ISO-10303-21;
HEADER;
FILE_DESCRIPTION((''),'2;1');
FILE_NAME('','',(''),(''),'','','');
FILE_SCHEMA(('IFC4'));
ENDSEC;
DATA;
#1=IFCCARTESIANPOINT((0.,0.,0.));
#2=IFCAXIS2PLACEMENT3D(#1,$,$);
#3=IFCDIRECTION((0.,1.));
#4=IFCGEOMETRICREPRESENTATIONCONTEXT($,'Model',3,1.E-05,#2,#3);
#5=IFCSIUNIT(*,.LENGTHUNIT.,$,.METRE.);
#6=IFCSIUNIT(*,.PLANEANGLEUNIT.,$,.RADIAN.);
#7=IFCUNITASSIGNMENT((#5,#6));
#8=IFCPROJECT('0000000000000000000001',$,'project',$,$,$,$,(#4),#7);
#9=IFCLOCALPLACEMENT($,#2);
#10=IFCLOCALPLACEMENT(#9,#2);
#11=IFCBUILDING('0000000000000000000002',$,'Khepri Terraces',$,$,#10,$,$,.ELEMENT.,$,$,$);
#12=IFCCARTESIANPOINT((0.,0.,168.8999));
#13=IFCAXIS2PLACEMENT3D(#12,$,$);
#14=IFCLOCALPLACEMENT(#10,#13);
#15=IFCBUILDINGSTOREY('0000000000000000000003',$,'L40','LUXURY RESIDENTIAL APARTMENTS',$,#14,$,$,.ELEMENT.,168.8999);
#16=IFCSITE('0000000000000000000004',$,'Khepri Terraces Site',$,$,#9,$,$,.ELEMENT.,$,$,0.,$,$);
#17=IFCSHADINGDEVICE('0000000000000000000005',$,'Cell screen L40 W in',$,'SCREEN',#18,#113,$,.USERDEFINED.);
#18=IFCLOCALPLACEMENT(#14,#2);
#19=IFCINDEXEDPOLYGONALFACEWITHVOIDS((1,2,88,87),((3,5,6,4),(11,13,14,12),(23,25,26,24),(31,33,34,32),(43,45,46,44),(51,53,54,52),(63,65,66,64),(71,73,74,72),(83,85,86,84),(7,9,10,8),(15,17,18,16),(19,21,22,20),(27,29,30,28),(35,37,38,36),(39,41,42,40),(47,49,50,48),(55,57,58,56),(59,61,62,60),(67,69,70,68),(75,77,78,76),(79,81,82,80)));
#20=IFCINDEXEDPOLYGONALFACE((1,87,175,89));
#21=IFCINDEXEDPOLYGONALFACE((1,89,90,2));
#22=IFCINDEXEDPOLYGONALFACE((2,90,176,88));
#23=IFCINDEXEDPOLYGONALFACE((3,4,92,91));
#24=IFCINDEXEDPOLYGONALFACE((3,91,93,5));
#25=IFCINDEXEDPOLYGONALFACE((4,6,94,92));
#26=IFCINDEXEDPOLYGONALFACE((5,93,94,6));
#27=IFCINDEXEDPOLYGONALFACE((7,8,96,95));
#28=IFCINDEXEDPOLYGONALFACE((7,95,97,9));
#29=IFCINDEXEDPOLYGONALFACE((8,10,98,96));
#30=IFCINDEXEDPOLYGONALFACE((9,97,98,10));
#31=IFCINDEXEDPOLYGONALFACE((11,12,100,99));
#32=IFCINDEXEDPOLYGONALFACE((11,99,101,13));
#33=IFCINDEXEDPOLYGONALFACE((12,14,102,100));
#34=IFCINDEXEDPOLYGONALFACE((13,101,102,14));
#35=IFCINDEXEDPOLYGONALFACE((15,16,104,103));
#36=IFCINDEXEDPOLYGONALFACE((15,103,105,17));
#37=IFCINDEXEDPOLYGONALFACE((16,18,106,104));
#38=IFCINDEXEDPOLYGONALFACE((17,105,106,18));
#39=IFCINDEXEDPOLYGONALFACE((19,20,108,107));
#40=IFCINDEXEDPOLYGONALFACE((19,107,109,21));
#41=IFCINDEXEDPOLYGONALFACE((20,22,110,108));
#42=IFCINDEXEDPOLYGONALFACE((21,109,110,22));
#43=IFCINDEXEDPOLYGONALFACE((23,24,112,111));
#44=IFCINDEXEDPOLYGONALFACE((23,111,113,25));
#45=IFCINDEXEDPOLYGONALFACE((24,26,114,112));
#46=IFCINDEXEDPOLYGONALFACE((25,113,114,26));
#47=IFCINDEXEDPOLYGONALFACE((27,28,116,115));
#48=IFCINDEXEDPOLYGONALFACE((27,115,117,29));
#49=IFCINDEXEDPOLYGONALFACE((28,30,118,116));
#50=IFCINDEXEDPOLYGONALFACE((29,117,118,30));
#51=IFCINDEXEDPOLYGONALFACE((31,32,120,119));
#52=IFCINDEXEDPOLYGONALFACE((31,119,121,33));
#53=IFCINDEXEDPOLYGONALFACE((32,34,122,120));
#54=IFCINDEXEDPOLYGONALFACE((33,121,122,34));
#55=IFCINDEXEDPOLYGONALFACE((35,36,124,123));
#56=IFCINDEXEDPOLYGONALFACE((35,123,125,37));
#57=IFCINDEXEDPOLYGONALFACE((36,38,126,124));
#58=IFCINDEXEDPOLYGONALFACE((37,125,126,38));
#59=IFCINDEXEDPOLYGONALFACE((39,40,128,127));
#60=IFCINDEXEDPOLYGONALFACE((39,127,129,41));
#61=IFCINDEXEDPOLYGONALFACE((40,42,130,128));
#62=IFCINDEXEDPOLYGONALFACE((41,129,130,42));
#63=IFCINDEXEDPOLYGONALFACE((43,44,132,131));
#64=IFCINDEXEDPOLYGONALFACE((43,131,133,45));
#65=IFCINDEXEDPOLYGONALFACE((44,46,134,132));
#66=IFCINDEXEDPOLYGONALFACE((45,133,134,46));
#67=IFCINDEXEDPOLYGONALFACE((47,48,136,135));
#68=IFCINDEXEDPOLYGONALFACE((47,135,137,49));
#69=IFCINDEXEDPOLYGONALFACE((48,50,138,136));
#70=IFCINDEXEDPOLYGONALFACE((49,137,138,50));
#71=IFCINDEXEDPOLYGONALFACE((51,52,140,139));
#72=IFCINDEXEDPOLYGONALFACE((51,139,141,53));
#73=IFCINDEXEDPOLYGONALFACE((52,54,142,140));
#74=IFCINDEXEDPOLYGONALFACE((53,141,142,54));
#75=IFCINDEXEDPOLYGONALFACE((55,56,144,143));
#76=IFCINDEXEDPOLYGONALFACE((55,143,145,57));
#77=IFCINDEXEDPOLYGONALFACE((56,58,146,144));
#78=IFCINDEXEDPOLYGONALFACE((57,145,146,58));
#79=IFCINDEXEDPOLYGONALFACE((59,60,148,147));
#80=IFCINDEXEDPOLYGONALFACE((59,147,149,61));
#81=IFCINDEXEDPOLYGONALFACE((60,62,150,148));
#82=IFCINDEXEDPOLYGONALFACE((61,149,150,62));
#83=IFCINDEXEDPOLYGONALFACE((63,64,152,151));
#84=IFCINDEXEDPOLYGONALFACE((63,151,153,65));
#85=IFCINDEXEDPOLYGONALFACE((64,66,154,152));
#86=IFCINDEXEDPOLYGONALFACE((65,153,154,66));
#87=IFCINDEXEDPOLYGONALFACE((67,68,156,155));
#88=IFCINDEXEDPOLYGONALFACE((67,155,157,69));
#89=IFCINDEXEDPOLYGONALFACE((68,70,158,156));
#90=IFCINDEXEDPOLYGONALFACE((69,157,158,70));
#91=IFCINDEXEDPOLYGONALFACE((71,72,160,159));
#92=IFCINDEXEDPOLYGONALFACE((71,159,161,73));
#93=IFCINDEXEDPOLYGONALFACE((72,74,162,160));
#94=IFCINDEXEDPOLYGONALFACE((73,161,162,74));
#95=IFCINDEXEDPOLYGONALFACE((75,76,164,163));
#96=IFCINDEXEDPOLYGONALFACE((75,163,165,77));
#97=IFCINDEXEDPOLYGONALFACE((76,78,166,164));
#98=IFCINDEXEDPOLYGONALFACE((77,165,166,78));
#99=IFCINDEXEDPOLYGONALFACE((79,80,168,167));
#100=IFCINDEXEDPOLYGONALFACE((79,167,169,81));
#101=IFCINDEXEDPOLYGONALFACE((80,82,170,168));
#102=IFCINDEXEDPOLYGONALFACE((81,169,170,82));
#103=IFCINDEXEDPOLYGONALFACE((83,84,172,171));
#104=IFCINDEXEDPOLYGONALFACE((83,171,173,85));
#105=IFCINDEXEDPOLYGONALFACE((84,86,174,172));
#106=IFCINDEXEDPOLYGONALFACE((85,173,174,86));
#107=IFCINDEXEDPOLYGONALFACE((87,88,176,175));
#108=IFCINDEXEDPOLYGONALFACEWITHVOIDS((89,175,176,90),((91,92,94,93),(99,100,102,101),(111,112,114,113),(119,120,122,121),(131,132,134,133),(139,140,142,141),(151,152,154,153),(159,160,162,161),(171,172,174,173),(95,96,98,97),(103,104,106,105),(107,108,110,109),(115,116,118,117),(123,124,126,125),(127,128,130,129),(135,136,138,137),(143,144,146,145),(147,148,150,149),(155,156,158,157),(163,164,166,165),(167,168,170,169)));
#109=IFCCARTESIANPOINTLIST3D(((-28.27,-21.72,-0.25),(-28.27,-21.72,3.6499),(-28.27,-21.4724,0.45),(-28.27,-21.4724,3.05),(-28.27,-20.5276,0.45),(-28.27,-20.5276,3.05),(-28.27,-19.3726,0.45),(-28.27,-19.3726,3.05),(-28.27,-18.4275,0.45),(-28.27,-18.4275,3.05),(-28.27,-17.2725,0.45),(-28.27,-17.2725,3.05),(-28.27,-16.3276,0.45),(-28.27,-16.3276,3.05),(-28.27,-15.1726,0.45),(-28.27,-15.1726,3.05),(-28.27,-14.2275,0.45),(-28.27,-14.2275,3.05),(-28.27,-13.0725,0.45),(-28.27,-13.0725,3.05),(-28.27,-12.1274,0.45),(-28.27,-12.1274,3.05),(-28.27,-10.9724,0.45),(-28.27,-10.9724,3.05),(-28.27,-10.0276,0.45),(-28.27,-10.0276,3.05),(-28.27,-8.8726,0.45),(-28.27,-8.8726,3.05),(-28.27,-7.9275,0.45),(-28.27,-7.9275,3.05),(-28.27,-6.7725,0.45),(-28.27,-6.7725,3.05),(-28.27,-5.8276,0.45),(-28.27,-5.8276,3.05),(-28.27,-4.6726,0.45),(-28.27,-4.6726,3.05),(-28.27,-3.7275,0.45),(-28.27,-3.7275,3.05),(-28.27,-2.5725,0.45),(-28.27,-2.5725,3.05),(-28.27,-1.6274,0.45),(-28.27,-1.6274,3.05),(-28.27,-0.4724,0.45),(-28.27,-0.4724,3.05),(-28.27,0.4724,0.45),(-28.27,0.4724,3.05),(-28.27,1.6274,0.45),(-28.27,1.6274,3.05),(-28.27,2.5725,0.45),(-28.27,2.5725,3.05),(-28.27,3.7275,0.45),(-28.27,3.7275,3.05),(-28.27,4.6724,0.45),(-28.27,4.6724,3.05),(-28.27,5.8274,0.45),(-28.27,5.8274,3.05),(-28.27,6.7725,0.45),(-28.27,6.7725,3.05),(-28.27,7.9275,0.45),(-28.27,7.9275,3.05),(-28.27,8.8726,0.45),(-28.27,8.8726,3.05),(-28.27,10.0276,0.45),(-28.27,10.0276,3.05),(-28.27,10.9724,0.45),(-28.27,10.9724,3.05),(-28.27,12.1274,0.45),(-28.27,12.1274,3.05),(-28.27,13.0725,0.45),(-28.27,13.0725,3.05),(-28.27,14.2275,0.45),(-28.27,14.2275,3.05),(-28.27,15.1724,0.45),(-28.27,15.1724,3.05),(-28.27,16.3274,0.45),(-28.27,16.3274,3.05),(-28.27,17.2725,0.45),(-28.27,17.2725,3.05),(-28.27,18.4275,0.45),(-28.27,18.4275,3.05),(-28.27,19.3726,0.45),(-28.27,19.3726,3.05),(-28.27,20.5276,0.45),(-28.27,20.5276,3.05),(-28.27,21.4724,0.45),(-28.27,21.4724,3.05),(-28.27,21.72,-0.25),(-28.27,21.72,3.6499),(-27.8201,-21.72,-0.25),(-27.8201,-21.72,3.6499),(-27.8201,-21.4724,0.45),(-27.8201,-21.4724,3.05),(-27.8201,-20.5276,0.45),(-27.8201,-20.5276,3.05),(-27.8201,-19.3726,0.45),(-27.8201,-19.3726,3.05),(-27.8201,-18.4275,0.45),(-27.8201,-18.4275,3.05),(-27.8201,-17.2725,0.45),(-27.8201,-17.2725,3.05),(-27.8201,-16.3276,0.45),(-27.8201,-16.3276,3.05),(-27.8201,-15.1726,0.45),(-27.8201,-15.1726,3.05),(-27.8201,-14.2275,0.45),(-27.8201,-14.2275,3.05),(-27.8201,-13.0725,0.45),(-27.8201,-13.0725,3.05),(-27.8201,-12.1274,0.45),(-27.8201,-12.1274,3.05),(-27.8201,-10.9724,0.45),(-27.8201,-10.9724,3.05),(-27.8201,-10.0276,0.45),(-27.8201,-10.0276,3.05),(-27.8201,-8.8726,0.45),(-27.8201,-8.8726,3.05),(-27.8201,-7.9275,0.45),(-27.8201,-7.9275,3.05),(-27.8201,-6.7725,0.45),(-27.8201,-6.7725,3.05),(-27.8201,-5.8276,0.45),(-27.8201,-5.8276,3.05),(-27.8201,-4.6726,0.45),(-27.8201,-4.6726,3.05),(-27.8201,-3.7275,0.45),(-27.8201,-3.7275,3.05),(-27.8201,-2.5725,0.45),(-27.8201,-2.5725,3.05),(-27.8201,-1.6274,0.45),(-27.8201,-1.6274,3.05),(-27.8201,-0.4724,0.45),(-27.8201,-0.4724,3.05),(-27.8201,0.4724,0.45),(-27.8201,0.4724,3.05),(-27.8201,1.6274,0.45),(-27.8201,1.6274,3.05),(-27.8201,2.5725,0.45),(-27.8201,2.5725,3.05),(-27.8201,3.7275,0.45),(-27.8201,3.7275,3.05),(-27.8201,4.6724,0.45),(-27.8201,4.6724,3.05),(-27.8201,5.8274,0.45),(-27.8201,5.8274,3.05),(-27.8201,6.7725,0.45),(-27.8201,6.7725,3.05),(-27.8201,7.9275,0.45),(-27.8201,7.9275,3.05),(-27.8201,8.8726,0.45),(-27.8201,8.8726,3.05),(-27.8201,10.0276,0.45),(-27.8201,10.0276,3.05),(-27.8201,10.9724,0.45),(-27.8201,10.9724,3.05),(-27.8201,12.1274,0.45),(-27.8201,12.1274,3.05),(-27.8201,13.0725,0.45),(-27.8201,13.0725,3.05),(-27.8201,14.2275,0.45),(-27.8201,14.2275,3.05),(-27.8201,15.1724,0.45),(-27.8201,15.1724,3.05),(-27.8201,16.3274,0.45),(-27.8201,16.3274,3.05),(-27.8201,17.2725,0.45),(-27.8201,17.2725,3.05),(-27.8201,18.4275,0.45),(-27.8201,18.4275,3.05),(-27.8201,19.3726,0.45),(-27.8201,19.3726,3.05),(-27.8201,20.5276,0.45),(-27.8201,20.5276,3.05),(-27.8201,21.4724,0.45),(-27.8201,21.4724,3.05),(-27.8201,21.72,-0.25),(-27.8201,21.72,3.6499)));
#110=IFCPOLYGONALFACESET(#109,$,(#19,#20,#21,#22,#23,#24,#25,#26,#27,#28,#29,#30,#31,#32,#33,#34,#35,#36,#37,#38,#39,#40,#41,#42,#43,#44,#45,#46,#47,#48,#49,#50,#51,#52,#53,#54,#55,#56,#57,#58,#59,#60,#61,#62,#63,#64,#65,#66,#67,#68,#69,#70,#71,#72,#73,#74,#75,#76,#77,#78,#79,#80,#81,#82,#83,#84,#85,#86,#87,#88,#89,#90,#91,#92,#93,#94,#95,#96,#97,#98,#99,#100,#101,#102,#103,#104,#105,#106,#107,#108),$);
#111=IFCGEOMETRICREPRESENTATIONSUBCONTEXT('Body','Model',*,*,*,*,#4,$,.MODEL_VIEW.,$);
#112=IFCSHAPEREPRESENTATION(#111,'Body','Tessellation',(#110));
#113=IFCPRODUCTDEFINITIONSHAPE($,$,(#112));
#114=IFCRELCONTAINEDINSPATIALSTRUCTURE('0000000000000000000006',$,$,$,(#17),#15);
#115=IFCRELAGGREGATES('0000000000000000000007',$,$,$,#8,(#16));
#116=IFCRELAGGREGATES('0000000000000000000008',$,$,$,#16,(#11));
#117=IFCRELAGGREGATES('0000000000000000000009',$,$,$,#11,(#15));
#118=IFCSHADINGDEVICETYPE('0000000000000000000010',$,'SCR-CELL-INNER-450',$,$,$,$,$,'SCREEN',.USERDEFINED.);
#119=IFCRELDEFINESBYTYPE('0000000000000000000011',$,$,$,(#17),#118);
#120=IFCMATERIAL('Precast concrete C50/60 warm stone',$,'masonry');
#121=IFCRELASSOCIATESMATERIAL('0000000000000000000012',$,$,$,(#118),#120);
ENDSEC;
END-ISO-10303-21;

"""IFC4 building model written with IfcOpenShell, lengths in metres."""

from ifc_helpers import new_model, si_unit, direction, frame, origin, place, context, subcontext, project, spatial, polyline, outline, extrude, material, type_object, element, save


model = new_model("IFC4")

# Units and contexts
model_context = context("Model", 3, precision=1e-05, world=origin(), true_north=direction((0.0, 1.0)))
body_context = subcontext(model_context, "Body", "Model", "MODEL_VIEW")
ifc_project = project(units=[si_unit("LENGTHUNIT", "METRE"), si_unit("PLANEANGLEUNIT", "RADIAN")], contexts=[model_context])

# Site, building, storey
site_placement = place(None, origin())
site = spatial("IfcSite", under=ifc_project, at=site_placement, Name="Khepri Terraces Site", CompositionType="ELEMENT", RefElevation=0.0)
building_placement = place(site_placement, origin())
building = spatial("IfcBuilding", under=site, at=building_placement, Name="Khepri Terraces", CompositionType="ELEMENT")
storey_placement = place(building_placement, frame((0.0, 0.0, 168.8999)))
storey = spatial("IfcBuildingStorey", under=building, at=storey_placement, Name="L40", Description="LUXURY RESIDENTIAL APARTMENTS", CompositionType="ELEMENT", Elevation=168.8999)

# Shared definitions
ifc_material_1 = material(Name="Precast concrete C50/60 warm stone", Category="masonry")

# Shading device
shading_device_type_1 = type_object("IfcShadingDeviceType", Name="SCR-CELL-INNER-450", ElementType="SCREEN", PredefinedType="USERDEFINED", material=ifc_material_1)
shading_device_1_placement = place(storey_placement, frame((-27.8201, 21.72, -0.25), z_axis=(-1.0, 0.0, 0.0), x_axis=(0.0, -1.0, 0.0)))
element("IfcShadingDevice", 1, at=shading_device_1_placement, inside=storey, type_object=shading_device_type_1, Name="Cell screen L40 W in", ObjectType="SCREEN", PredefinedType="USERDEFINED", context=body_context, shape_type="SweptSolid", body=[
    extrude(outline(polyline([(0.0, 0.0), (43.4399, 0.0), (43.4399, 3.8999), (0.0, 3.8999), (0.0, 0.0)]), holes=[polyline([(0.2476, 0.7), (1.1924, 0.7), (1.1924, 3.3), (0.2476, 3.3), (0.2476, 0.7)]), polyline([(2.3474, 0.7), (3.2925, 0.7), (3.2925, 3.3), (2.3474, 3.3), (2.3474, 0.7)]), polyline([(4.4475, 0.7), (5.3926, 0.7), (5.3926, 3.3), (4.4475, 3.3), (4.4475, 0.7)]), polyline([(6.5476, 0.7), (7.4924, 0.7), (7.4924, 3.3), (6.5476, 3.3), (6.5476, 0.7)]), polyline([(8.6475, 0.7), (9.5925, 0.7), (9.5925, 3.3), (8.6475, 3.3), (8.6475, 0.7)]), polyline([(10.7476, 0.7), (11.6924, 0.7), (11.6924, 3.3), (10.7476, 3.3), (10.7476, 0.7)]), polyline([(12.8474, 0.7), (13.7925, 0.7), (13.7925, 3.3), (12.8474, 3.3), (12.8474, 0.7)]), polyline([(14.9475, 0.7), (15.8926, 0.7), (15.8926, 3.3), (14.9475, 3.3), (14.9475, 0.7)]), polyline([(17.0476, 0.7), (17.9924, 0.7), (17.9924, 3.3), (17.0476, 3.3), (17.0476, 0.7)]), polyline([(19.1475, 0.7), (20.0925, 0.7), (20.0925, 3.3), (19.1475, 3.3), (19.1475, 0.7)]), polyline([(21.2476, 0.7), (22.1924, 0.7), (22.1924, 3.3), (21.2476, 3.3), (21.2476, 0.7)]), polyline([(23.3474, 0.7), (24.2925, 0.7), (24.2925, 3.3), (23.3474, 3.3), (23.3474, 0.7)]), polyline([(25.4475, 0.7), (26.3926, 0.7), (26.3926, 3.3), (25.4475, 3.3), (25.4475, 0.7)]), polyline([(27.5476, 0.7), (28.4924, 0.7), (28.4924, 3.3), (27.5476, 3.3), (27.5476, 0.7)]), polyline([(29.6475, 0.7), (30.5925, 0.7), (30.5925, 3.3), (29.6475, 3.3), (29.6475, 0.7)]), polyline([(31.7476, 0.7), (32.6924, 0.7), (32.6924, 3.3), (31.7476, 3.3), (31.7476, 0.7)]), polyline([(33.8474, 0.7), (34.7925, 0.7), (34.7925, 3.3), (33.8474, 3.3), (33.8474, 0.7)]), polyline([(35.9475, 0.7), (36.8926, 0.7), (36.8926, 3.3), (35.9475, 3.3), (35.9475, 0.7)]), polyline([(38.0476, 0.7), (38.9924, 0.7), (38.9924, 3.3), (38.0476, 3.3), (38.0476, 0.7)]), polyline([(40.1475, 0.7), (41.0925, 0.7), (41.0925, 3.3), (40.1475, 3.3), (40.1475, 0.7)]), polyline([(42.2476, 0.7), (43.1924, 0.7), (43.1924, 3.3), (42.2476, 3.3), (42.2476, 0.7)])]), origin(), (0.0, 0.0, 1.0), 0.45),
])

save(model, "model.ifc")
